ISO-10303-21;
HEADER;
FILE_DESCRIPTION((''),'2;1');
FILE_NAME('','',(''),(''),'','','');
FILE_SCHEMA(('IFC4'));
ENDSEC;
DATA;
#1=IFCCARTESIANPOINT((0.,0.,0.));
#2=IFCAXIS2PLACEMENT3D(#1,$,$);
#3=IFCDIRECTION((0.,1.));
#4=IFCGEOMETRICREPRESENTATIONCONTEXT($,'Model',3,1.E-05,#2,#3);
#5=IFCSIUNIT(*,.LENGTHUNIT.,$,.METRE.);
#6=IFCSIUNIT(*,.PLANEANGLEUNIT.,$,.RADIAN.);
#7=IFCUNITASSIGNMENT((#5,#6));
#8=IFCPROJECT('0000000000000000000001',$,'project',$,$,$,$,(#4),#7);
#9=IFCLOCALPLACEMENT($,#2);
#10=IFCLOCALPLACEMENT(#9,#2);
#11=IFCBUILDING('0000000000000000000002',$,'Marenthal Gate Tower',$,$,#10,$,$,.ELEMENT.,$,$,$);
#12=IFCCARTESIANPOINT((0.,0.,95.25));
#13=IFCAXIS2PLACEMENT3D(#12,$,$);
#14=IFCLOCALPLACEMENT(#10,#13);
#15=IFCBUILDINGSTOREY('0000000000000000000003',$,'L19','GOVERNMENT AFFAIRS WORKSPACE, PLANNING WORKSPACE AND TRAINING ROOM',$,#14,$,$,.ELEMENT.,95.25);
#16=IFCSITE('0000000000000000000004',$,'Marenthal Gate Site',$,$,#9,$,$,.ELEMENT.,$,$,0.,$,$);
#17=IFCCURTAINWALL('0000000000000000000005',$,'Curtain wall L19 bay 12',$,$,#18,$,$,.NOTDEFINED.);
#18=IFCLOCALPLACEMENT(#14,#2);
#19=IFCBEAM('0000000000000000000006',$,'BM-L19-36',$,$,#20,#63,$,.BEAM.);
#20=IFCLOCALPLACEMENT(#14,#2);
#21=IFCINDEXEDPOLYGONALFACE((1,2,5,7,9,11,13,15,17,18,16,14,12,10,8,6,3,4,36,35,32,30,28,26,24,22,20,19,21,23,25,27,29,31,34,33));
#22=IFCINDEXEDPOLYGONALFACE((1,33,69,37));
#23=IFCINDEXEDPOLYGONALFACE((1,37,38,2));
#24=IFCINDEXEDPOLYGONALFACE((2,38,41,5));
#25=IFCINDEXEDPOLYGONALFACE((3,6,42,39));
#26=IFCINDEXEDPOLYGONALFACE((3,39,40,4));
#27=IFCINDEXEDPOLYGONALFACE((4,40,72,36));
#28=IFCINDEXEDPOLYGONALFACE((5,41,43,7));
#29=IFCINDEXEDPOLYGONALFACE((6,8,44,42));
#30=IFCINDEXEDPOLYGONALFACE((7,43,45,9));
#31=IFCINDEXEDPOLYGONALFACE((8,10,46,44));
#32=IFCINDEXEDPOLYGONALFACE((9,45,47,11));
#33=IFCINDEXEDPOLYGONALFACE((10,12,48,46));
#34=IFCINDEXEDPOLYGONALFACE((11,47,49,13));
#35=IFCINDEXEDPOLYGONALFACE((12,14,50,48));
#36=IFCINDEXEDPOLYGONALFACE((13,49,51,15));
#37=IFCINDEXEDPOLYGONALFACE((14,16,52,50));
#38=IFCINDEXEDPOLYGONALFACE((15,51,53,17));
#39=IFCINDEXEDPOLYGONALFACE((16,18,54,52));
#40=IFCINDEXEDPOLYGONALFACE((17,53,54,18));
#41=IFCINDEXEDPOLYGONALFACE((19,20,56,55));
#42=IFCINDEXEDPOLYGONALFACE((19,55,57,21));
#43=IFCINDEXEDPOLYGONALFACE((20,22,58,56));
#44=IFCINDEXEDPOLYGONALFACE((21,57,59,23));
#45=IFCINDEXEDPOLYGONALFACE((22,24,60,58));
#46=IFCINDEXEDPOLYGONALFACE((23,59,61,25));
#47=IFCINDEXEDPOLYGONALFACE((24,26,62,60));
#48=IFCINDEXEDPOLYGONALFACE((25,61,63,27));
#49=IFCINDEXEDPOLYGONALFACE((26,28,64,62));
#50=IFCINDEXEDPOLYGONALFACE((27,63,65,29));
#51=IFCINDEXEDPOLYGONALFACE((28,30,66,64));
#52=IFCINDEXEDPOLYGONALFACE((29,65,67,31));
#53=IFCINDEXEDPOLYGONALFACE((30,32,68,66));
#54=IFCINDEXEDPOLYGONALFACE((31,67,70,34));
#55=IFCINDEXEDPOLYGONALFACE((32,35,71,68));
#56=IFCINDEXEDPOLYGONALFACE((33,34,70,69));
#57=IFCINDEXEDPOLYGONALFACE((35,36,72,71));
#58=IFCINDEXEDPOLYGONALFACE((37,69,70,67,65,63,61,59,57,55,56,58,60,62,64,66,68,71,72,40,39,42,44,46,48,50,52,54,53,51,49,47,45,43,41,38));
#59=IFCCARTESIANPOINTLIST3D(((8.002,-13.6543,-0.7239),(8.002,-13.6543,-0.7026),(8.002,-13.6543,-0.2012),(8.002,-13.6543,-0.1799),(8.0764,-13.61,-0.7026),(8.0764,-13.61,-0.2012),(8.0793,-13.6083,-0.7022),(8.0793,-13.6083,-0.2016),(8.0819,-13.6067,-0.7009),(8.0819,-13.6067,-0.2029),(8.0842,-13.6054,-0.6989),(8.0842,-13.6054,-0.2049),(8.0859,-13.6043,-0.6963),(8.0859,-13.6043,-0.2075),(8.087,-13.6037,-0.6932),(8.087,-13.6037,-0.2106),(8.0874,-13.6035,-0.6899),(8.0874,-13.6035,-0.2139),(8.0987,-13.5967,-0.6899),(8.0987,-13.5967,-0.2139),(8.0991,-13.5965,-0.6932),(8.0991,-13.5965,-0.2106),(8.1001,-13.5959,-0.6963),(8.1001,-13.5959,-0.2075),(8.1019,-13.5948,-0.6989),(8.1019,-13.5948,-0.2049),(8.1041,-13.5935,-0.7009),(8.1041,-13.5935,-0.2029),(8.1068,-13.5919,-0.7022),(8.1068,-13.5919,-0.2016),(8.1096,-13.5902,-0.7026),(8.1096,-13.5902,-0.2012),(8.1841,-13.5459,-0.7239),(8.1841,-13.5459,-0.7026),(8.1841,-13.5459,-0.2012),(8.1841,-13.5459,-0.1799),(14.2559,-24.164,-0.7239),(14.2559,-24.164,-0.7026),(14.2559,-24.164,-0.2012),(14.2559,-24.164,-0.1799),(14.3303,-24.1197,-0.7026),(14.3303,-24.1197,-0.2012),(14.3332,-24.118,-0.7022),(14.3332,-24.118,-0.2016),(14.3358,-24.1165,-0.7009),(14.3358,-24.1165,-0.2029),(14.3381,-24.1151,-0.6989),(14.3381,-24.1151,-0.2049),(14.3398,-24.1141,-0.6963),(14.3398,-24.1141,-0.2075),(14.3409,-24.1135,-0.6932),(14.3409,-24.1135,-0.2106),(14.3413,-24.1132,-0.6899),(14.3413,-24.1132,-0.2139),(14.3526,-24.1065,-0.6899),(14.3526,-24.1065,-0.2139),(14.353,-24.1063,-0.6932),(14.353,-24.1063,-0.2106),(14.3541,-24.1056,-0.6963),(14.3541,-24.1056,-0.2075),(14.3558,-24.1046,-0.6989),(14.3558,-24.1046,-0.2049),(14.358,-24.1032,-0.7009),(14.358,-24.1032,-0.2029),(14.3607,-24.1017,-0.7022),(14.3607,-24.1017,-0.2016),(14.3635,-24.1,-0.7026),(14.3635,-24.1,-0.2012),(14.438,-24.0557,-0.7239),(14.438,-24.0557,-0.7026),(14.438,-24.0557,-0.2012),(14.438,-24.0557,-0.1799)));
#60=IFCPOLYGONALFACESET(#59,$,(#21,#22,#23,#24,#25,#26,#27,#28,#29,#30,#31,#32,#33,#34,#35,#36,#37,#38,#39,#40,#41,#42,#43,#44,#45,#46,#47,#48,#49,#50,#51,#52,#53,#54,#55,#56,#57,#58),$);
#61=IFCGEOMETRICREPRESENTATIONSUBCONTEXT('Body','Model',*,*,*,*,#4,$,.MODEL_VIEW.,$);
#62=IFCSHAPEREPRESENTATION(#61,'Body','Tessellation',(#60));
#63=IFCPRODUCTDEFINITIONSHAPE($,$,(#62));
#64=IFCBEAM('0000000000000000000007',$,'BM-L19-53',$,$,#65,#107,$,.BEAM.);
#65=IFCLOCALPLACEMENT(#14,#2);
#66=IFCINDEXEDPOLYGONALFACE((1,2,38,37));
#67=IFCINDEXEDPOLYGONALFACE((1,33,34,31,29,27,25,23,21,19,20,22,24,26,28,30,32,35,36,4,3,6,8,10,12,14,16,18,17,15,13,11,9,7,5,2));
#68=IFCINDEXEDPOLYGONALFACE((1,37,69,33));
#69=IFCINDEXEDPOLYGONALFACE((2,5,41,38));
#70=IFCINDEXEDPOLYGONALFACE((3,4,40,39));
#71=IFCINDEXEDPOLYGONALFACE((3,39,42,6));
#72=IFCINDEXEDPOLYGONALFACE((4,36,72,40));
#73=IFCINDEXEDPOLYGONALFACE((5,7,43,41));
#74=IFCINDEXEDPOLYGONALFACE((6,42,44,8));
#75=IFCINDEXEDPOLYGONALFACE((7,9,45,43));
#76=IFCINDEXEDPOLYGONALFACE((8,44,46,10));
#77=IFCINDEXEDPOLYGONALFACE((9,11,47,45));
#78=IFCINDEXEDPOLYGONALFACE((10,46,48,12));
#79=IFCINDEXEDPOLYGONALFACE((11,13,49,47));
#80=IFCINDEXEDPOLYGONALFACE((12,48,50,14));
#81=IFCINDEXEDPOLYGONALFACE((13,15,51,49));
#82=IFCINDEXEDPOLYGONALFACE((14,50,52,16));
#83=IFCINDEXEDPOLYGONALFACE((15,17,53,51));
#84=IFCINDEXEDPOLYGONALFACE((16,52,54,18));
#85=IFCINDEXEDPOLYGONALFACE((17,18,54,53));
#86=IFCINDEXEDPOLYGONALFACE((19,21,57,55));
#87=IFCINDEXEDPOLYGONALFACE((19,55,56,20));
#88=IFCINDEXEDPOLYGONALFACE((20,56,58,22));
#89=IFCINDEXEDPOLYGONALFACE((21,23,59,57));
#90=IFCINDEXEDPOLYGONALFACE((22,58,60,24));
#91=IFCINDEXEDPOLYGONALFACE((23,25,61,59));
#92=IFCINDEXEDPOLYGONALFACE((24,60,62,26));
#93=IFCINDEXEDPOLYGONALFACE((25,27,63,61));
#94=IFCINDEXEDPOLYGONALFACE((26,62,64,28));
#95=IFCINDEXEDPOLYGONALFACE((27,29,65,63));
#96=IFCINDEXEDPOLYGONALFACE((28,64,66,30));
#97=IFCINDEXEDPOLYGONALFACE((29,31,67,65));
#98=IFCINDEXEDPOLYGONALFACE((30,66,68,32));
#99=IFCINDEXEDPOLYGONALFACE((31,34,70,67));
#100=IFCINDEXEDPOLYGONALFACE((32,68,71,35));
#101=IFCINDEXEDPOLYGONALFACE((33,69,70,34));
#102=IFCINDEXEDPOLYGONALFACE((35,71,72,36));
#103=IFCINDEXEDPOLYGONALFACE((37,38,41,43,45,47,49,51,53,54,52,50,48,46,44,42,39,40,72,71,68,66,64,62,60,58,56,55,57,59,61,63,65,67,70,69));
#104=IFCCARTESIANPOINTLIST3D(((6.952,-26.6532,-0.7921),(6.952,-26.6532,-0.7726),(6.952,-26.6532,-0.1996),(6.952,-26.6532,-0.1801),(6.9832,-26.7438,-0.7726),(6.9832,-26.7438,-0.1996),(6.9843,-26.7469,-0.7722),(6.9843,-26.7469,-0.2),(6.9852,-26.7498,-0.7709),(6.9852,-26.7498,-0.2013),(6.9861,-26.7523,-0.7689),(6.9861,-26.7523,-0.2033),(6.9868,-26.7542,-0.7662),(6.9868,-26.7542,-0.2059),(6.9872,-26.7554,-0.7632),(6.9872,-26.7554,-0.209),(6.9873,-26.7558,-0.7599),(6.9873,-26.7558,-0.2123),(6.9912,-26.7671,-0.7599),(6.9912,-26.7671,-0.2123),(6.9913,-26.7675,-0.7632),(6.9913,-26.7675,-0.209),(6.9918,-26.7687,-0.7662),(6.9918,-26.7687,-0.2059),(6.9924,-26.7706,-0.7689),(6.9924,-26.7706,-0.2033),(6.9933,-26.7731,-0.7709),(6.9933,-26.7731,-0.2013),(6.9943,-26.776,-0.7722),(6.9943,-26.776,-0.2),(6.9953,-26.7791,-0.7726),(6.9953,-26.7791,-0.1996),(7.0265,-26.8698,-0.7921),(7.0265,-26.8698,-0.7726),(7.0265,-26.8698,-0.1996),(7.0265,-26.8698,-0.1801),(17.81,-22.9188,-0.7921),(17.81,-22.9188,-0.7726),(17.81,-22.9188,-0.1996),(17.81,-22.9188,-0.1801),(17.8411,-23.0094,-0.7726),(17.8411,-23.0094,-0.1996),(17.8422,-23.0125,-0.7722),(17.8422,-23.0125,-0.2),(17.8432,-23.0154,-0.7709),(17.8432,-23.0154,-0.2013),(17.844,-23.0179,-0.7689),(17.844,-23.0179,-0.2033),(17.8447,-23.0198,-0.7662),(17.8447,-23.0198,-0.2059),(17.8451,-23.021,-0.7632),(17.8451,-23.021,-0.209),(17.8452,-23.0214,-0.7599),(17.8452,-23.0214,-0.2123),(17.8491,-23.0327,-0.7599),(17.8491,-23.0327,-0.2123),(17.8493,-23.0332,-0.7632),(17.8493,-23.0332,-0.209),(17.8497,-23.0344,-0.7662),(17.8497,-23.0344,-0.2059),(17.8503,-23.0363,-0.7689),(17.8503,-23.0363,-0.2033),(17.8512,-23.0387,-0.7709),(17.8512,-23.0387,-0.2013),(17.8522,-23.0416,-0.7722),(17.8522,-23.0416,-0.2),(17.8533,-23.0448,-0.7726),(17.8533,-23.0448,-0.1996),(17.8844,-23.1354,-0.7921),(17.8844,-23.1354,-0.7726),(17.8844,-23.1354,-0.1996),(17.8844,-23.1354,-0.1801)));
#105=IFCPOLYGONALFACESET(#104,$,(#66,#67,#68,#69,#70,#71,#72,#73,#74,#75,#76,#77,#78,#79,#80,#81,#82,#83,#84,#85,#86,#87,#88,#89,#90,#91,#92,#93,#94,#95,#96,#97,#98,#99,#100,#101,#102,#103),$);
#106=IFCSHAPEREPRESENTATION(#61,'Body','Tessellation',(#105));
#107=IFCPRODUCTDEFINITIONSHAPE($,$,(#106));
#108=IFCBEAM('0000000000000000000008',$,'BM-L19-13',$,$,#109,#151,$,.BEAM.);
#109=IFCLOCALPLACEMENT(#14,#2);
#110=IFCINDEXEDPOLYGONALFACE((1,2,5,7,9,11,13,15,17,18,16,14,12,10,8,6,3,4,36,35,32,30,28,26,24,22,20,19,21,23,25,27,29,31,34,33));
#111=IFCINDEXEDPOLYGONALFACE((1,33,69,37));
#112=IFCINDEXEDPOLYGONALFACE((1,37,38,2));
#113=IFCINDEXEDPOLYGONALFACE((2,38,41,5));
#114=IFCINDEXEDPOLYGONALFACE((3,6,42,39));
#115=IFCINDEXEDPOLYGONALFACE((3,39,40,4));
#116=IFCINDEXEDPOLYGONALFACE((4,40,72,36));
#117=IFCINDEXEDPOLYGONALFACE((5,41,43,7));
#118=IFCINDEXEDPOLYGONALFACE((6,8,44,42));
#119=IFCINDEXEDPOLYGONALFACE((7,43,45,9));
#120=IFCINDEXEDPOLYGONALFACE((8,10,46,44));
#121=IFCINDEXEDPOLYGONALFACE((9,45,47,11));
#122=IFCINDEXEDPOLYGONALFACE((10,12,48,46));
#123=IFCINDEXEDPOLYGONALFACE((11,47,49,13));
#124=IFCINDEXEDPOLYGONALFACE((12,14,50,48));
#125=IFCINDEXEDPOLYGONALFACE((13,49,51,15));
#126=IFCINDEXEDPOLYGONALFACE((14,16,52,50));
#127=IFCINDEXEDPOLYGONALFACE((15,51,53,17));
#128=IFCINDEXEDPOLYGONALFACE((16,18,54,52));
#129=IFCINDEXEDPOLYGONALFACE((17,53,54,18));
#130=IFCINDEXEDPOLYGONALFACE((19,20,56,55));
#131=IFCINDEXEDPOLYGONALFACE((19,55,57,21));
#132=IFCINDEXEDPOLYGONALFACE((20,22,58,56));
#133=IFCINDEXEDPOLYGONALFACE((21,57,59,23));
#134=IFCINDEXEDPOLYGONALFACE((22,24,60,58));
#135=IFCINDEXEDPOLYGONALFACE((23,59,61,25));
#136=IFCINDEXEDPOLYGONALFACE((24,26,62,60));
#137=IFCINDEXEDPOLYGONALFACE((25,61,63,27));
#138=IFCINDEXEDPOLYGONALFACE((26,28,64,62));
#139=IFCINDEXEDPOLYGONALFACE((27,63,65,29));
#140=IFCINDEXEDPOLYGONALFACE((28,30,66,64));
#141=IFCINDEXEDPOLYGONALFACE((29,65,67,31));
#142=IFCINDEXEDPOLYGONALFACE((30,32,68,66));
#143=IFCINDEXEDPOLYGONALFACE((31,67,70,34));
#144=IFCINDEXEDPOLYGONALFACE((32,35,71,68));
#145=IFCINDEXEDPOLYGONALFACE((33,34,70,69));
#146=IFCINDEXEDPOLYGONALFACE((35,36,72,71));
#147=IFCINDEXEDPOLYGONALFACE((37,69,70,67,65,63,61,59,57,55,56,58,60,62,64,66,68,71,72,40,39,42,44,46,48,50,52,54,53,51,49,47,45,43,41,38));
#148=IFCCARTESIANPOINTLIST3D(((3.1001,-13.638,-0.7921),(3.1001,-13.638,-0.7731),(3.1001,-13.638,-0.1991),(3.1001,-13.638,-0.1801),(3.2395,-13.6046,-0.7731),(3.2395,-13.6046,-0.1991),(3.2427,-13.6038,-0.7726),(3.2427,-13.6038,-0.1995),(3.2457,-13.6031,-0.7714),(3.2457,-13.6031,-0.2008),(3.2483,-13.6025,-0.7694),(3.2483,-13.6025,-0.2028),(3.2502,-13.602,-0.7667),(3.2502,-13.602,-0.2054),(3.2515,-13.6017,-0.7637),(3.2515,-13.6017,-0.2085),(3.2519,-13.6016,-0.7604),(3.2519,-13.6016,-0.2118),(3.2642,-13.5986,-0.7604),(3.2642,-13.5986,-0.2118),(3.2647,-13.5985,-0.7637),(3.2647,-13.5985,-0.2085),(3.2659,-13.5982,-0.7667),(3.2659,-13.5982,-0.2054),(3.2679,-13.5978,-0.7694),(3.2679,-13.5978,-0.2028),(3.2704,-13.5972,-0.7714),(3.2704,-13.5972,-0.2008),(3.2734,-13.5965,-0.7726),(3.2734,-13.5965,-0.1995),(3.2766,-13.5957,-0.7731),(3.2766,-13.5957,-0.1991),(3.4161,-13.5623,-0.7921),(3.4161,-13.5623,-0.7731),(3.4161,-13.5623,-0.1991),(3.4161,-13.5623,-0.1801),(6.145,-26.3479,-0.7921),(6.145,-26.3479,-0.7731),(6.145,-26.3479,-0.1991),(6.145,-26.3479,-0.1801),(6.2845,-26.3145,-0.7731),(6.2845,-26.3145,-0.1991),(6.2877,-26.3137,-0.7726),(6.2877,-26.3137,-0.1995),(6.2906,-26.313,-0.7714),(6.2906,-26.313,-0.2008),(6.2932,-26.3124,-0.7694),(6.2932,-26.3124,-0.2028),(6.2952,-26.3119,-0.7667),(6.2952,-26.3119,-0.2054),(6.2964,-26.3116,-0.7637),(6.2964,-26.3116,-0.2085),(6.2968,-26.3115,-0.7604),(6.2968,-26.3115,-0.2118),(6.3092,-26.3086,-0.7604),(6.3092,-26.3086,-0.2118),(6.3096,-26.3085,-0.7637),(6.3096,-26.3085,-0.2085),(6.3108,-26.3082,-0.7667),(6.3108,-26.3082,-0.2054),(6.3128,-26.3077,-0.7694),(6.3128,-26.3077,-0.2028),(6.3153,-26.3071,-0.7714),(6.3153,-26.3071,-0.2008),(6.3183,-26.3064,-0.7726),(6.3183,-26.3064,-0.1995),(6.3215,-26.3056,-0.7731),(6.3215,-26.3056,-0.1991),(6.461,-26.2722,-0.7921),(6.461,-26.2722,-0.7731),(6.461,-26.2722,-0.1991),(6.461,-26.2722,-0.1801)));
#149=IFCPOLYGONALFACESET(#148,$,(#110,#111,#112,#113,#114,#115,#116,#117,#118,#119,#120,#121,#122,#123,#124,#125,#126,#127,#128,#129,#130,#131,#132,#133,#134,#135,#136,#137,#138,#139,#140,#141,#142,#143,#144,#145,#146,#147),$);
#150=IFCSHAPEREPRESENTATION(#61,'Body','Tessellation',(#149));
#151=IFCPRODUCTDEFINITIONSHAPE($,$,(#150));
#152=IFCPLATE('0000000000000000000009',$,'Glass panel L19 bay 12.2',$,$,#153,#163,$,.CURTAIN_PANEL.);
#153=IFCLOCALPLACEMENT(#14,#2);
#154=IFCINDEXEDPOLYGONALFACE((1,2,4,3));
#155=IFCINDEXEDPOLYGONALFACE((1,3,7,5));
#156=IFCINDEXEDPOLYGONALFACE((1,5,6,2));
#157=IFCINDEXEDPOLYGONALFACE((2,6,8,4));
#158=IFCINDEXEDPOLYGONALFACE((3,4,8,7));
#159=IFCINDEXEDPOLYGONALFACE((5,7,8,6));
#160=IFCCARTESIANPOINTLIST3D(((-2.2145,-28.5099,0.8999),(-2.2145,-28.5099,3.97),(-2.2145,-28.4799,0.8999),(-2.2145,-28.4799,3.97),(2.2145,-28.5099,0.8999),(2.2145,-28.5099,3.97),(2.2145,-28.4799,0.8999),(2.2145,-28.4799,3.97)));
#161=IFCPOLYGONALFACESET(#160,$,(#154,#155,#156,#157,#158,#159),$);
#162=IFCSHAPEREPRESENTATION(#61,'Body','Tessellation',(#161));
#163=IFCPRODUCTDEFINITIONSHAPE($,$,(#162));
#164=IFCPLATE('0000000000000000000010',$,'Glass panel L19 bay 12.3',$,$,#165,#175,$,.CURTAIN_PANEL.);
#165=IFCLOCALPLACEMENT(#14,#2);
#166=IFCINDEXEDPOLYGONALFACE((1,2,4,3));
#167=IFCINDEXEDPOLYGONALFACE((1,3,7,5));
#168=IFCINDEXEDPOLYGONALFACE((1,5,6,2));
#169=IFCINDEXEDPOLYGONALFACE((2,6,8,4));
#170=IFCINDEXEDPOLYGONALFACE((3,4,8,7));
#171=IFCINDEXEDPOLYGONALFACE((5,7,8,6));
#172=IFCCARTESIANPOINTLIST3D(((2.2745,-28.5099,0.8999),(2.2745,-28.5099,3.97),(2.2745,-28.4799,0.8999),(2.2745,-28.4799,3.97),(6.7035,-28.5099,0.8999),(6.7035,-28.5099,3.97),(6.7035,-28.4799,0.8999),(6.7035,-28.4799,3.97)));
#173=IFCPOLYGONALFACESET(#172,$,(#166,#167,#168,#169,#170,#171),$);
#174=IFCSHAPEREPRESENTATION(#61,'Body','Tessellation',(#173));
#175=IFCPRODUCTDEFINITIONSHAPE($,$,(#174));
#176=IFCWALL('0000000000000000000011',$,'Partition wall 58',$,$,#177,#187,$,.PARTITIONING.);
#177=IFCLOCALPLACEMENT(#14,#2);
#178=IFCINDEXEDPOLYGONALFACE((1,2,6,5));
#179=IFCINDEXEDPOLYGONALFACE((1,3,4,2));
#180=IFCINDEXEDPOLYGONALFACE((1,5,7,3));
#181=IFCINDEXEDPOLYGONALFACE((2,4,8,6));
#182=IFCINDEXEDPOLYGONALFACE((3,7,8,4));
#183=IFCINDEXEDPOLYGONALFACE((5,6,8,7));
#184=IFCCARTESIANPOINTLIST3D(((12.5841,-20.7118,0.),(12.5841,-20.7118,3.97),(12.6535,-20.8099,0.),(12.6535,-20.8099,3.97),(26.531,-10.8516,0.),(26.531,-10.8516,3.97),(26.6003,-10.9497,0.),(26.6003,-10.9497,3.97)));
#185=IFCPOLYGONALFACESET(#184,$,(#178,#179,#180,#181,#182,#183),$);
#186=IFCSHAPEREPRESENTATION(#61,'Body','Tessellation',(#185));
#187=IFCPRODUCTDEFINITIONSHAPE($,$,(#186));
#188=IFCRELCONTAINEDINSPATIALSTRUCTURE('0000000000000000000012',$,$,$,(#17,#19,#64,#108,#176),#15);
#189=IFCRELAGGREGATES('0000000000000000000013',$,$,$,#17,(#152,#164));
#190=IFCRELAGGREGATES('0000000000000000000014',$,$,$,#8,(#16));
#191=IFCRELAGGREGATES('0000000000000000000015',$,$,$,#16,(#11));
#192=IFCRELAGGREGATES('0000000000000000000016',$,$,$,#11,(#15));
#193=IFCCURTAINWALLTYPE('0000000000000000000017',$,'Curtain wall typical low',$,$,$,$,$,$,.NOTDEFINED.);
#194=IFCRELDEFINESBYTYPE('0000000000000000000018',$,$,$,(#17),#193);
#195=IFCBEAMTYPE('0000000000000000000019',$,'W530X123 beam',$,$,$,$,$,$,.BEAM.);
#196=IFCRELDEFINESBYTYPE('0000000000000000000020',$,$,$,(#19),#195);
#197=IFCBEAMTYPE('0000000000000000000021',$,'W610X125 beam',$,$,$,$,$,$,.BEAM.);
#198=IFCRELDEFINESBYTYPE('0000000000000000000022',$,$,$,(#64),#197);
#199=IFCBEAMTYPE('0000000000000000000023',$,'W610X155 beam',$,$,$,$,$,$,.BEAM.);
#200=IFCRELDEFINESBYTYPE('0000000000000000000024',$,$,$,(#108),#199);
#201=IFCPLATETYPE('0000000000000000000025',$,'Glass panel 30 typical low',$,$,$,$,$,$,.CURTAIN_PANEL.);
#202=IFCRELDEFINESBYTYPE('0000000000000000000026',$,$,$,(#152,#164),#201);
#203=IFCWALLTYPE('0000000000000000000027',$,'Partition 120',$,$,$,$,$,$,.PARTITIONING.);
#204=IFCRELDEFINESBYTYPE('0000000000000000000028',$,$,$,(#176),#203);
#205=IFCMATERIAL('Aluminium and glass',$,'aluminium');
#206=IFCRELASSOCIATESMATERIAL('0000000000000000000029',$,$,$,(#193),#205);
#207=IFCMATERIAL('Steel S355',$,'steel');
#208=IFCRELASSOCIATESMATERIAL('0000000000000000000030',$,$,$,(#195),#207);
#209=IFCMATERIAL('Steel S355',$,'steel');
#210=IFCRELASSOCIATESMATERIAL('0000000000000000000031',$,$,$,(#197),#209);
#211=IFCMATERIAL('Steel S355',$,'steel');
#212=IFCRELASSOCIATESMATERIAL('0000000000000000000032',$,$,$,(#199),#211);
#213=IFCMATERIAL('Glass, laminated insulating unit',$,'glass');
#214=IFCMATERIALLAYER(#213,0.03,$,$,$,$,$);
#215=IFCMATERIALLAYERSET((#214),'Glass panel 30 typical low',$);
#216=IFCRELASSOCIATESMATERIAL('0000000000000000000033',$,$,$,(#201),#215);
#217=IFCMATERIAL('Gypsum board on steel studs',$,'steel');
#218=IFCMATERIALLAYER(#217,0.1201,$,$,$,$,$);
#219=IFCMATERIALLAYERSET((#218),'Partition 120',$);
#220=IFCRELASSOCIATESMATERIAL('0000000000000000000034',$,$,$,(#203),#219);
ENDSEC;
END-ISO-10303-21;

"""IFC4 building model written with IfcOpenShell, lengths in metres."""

from ifc_helpers import new_model, si_unit, direction, frame, frame_2d, origin, origin_2d, place, context, subcontext, project, spatial, rectangle, i_section, extrude, material, layer, layer_set, material_profile, profile_set, type_object, element, aggregate, save


model = new_model("IFC4")

# Units and contexts
model_context = context("Model", 3, precision=1e-05, world=origin(), true_north=direction((0.0, 1.0)))
body_context = subcontext(model_context, "Body", "Model", "MODEL_VIEW")
ifc_project = project(units=[si_unit("LENGTHUNIT", "METRE"), si_unit("PLANEANGLEUNIT", "RADIAN")], contexts=[model_context])

# Site, building, storey
site_placement = place(None, origin())
site = spatial("IfcSite", under=ifc_project, at=site_placement, Name="Marenthal Gate Site", CompositionType="ELEMENT", RefElevation=0.0)
building_placement = place(site_placement, origin())
building = spatial("IfcBuilding", under=site, at=building_placement, Name="Marenthal Gate Tower", CompositionType="ELEMENT")
storey_placement = place(building_placement, frame((0.0, 0.0, 95.25)))
storey = spatial("IfcBuildingStorey", under=building, at=storey_placement, Name="L19", Description="GOVERNMENT AFFAIRS WORKSPACE, PLANNING WORKSPACE AND TRAINING ROOM", CompositionType="ELEMENT", Elevation=95.25)

# Curtain wall
ifc_material_1 = material(Name="Aluminium and glass", Category="aluminium")
curtain_wall_type = type_object("IfcCurtainWallType", Name="Curtain wall typical low", PredefinedType="NOTDEFINED", material=ifc_material_1)
curtain_wall_placement = place(storey_placement, origin())
curtain_wall = element("IfcCurtainWall", 1, at=curtain_wall_placement, inside=storey, type_object=curtain_wall_type, Name="Curtain wall L19 bay 12", PredefinedType="NOTDEFINED")

# Beams
ifc_material_2 = material(Name="Steel S355", Category="steel")
ifc_material_profile_1 = material_profile(ifc_material_2, i_section(OverallWidth=0.2119, OverallDepth=0.5439, WebThickness=0.0132, FlangeThickness=0.0212, FilletRadius=0.0127, at=origin_2d()), Name="W530X123")
ifc_profile_set_1 = profile_set([ifc_material_profile_1], Name="Steel S355")
beam_type_1 = type_object("IfcBeamType", Name="W530X123 beam", PredefinedType="BEAM", material=ifc_profile_set_1)
beam_1_placement = place(storey_placement, frame((14.3469, -24.1099, -0.4519), z_axis=(-0.511369, 0.859361, 0.0), x_axis=(-0.859361, -0.511369, 0.0)))
element("IfcBeam", 2, at=beam_1_placement, inside=storey, type_object=beam_type_1, Name="BM-L19-36", PredefinedType="BEAM", context=body_context, shape_type="SweptSolid", body=[
    extrude(i_section(OverallWidth=0.2119, OverallDepth=0.5439, WebThickness=0.0132, FlangeThickness=0.0212, FilletRadius=0.0127, at=origin_2d()), origin(), (0.0, 0.0, 1.0), 12.2297),
])
ifc_material_3 = material(Name="Steel S355", Category="steel")
ifc_material_profile_2 = material_profile(ifc_material_3, i_section(OverallWidth=0.229, OverallDepth=0.6121, WebThickness=0.012, FlangeThickness=0.0195, FilletRadius=0.0127, at=origin_2d()), Name="W610X125")
ifc_profile_set_2 = profile_set([ifc_material_profile_2], Name="Steel S355")
beam_type_2 = type_object("IfcBeamType", Name="W610X125 beam", PredefinedType="BEAM", material=ifc_profile_set_2)
beam_2_placement = place(storey_placement, frame((6.9893, -26.7615, -0.4861), z_axis=(0.945634, 0.325233, 0.0), x_axis=(-0.325233, 0.945634, 0.0)))
element("IfcBeam", 3, at=beam_2_placement, inside=storey, type_object=beam_type_2, Name="BM-L19-53", PredefinedType="BEAM", context=body_context, shape_type="SweptSolid", body=[
    extrude(i_section(OverallWidth=0.229, OverallDepth=0.6121, WebThickness=0.012, FlangeThickness=0.0195, FilletRadius=0.0127, at=origin_2d()), origin(), (0.0, 0.0, 1.0), 11.4822),
])
ifc_material_4 = material(Name="Steel S355", Category="steel")
ifc_material_profile_3 = material_profile(ifc_material_4, i_section(OverallWidth=0.325, OverallDepth=0.6121, WebThickness=0.0127, FlangeThickness=0.019, FilletRadius=0.0127, at=origin_2d()), Name="W610X155")
ifc_profile_set_3 = profile_set([ifc_material_profile_3], Name="Steel S355")
beam_type_3 = type_object("IfcBeamType", Name="W610X155 beam", PredefinedType="BEAM", material=ifc_profile_set_3)
beam_3_placement = place(storey_placement, frame((6.303, -26.3101, -0.4861), z_axis=(-0.232977, 0.972482, 0.0), x_axis=(-0.972482, -0.232977, 0.0)))
element("IfcBeam", 4, at=beam_3_placement, inside=storey, type_object=beam_type_3, Name="BM-L19-13", PredefinedType="BEAM", context=body_context, shape_type="SweptSolid", body=[
    extrude(i_section(OverallWidth=0.325, OverallDepth=0.6121, WebThickness=0.0127, FlangeThickness=0.019, FilletRadius=0.0127, at=origin_2d()), origin(), (0.0, 0.0, 1.0), 13.0696),
])

# Plates
ifc_material_5 = material(Name="Glass, laminated insulating unit", Category="glass")
ifc_layer_1 = layer(ifc_material_5, 0.03)
ifc_layer_set_1 = layer_set([ifc_layer_1], Name="Glass panel 30 typical low")
plate_type = type_object("IfcPlateType", Name="Glass panel 30 typical low", PredefinedType="CURTAIN_PANEL", material=ifc_layer_set_1)
plate_1_placement = place(storey_placement, frame((0.0, -28.4949, 0.8999), z_axis=(0.0, 0.0, 1.0), x_axis=(1.0, 0.0, 0.0)))
plate_1 = element("IfcPlate", 5, at=plate_1_placement, type_object=plate_type, Name="Glass panel L19 bay 12.2", PredefinedType="CURTAIN_PANEL", context=body_context, shape_type="SweptSolid", body=[
    extrude(rectangle(XDim=4.429, YDim=0.03, at=origin_2d()), origin(), (0.0, 0.0, 1.0), 3.0701),
])
plate_2_placement = place(storey_placement, frame((4.489, -28.4949, 0.8999), z_axis=(0.0, 0.0, 1.0), x_axis=(1.0, 0.0, 0.0)))
plate_2 = element("IfcPlate", 6, at=plate_2_placement, type_object=plate_type, Name="Glass panel L19 bay 12.3", PredefinedType="CURTAIN_PANEL", context=body_context, shape_type="SweptSolid", body=[
    extrude(rectangle(XDim=4.429, YDim=0.03, at=origin_2d()), origin(), (0.0, 0.0, 1.0), 3.0701),
])
aggregate(curtain_wall, [plate_1, plate_2])

# Wall
ifc_material_6 = material(Name="Gypsum board on steel studs", Category="steel")
ifc_layer_2 = layer(ifc_material_6, 0.1201)
ifc_layer_set_2 = layer_set([ifc_layer_2], Name="Partition 120")
wall_type_1 = type_object("IfcWallType", Name="Partition 120", PredefinedType="PARTITIONING", material=ifc_layer_set_2)
wall_1_placement = place(storey_placement, frame((12.6189, -20.7607, 0.0), z_axis=(0.0, 0.0, 1.0), x_axis=(0.816545, 0.577282, 0.0)))
element("IfcWall", 7, at=wall_1_placement, inside=storey, type_object=wall_type_1, Name="Partition wall 58", PredefinedType="PARTITIONING", context=body_context, shape_type="SweptSolid", body=[
    extrude(rectangle(XDim=17.0803, YDim=0.1201, at=frame_2d((8.54, 0.0))), origin(), (0.0, 0.0, 1.0), 3.97),
])

save(model, "model.ifc")
